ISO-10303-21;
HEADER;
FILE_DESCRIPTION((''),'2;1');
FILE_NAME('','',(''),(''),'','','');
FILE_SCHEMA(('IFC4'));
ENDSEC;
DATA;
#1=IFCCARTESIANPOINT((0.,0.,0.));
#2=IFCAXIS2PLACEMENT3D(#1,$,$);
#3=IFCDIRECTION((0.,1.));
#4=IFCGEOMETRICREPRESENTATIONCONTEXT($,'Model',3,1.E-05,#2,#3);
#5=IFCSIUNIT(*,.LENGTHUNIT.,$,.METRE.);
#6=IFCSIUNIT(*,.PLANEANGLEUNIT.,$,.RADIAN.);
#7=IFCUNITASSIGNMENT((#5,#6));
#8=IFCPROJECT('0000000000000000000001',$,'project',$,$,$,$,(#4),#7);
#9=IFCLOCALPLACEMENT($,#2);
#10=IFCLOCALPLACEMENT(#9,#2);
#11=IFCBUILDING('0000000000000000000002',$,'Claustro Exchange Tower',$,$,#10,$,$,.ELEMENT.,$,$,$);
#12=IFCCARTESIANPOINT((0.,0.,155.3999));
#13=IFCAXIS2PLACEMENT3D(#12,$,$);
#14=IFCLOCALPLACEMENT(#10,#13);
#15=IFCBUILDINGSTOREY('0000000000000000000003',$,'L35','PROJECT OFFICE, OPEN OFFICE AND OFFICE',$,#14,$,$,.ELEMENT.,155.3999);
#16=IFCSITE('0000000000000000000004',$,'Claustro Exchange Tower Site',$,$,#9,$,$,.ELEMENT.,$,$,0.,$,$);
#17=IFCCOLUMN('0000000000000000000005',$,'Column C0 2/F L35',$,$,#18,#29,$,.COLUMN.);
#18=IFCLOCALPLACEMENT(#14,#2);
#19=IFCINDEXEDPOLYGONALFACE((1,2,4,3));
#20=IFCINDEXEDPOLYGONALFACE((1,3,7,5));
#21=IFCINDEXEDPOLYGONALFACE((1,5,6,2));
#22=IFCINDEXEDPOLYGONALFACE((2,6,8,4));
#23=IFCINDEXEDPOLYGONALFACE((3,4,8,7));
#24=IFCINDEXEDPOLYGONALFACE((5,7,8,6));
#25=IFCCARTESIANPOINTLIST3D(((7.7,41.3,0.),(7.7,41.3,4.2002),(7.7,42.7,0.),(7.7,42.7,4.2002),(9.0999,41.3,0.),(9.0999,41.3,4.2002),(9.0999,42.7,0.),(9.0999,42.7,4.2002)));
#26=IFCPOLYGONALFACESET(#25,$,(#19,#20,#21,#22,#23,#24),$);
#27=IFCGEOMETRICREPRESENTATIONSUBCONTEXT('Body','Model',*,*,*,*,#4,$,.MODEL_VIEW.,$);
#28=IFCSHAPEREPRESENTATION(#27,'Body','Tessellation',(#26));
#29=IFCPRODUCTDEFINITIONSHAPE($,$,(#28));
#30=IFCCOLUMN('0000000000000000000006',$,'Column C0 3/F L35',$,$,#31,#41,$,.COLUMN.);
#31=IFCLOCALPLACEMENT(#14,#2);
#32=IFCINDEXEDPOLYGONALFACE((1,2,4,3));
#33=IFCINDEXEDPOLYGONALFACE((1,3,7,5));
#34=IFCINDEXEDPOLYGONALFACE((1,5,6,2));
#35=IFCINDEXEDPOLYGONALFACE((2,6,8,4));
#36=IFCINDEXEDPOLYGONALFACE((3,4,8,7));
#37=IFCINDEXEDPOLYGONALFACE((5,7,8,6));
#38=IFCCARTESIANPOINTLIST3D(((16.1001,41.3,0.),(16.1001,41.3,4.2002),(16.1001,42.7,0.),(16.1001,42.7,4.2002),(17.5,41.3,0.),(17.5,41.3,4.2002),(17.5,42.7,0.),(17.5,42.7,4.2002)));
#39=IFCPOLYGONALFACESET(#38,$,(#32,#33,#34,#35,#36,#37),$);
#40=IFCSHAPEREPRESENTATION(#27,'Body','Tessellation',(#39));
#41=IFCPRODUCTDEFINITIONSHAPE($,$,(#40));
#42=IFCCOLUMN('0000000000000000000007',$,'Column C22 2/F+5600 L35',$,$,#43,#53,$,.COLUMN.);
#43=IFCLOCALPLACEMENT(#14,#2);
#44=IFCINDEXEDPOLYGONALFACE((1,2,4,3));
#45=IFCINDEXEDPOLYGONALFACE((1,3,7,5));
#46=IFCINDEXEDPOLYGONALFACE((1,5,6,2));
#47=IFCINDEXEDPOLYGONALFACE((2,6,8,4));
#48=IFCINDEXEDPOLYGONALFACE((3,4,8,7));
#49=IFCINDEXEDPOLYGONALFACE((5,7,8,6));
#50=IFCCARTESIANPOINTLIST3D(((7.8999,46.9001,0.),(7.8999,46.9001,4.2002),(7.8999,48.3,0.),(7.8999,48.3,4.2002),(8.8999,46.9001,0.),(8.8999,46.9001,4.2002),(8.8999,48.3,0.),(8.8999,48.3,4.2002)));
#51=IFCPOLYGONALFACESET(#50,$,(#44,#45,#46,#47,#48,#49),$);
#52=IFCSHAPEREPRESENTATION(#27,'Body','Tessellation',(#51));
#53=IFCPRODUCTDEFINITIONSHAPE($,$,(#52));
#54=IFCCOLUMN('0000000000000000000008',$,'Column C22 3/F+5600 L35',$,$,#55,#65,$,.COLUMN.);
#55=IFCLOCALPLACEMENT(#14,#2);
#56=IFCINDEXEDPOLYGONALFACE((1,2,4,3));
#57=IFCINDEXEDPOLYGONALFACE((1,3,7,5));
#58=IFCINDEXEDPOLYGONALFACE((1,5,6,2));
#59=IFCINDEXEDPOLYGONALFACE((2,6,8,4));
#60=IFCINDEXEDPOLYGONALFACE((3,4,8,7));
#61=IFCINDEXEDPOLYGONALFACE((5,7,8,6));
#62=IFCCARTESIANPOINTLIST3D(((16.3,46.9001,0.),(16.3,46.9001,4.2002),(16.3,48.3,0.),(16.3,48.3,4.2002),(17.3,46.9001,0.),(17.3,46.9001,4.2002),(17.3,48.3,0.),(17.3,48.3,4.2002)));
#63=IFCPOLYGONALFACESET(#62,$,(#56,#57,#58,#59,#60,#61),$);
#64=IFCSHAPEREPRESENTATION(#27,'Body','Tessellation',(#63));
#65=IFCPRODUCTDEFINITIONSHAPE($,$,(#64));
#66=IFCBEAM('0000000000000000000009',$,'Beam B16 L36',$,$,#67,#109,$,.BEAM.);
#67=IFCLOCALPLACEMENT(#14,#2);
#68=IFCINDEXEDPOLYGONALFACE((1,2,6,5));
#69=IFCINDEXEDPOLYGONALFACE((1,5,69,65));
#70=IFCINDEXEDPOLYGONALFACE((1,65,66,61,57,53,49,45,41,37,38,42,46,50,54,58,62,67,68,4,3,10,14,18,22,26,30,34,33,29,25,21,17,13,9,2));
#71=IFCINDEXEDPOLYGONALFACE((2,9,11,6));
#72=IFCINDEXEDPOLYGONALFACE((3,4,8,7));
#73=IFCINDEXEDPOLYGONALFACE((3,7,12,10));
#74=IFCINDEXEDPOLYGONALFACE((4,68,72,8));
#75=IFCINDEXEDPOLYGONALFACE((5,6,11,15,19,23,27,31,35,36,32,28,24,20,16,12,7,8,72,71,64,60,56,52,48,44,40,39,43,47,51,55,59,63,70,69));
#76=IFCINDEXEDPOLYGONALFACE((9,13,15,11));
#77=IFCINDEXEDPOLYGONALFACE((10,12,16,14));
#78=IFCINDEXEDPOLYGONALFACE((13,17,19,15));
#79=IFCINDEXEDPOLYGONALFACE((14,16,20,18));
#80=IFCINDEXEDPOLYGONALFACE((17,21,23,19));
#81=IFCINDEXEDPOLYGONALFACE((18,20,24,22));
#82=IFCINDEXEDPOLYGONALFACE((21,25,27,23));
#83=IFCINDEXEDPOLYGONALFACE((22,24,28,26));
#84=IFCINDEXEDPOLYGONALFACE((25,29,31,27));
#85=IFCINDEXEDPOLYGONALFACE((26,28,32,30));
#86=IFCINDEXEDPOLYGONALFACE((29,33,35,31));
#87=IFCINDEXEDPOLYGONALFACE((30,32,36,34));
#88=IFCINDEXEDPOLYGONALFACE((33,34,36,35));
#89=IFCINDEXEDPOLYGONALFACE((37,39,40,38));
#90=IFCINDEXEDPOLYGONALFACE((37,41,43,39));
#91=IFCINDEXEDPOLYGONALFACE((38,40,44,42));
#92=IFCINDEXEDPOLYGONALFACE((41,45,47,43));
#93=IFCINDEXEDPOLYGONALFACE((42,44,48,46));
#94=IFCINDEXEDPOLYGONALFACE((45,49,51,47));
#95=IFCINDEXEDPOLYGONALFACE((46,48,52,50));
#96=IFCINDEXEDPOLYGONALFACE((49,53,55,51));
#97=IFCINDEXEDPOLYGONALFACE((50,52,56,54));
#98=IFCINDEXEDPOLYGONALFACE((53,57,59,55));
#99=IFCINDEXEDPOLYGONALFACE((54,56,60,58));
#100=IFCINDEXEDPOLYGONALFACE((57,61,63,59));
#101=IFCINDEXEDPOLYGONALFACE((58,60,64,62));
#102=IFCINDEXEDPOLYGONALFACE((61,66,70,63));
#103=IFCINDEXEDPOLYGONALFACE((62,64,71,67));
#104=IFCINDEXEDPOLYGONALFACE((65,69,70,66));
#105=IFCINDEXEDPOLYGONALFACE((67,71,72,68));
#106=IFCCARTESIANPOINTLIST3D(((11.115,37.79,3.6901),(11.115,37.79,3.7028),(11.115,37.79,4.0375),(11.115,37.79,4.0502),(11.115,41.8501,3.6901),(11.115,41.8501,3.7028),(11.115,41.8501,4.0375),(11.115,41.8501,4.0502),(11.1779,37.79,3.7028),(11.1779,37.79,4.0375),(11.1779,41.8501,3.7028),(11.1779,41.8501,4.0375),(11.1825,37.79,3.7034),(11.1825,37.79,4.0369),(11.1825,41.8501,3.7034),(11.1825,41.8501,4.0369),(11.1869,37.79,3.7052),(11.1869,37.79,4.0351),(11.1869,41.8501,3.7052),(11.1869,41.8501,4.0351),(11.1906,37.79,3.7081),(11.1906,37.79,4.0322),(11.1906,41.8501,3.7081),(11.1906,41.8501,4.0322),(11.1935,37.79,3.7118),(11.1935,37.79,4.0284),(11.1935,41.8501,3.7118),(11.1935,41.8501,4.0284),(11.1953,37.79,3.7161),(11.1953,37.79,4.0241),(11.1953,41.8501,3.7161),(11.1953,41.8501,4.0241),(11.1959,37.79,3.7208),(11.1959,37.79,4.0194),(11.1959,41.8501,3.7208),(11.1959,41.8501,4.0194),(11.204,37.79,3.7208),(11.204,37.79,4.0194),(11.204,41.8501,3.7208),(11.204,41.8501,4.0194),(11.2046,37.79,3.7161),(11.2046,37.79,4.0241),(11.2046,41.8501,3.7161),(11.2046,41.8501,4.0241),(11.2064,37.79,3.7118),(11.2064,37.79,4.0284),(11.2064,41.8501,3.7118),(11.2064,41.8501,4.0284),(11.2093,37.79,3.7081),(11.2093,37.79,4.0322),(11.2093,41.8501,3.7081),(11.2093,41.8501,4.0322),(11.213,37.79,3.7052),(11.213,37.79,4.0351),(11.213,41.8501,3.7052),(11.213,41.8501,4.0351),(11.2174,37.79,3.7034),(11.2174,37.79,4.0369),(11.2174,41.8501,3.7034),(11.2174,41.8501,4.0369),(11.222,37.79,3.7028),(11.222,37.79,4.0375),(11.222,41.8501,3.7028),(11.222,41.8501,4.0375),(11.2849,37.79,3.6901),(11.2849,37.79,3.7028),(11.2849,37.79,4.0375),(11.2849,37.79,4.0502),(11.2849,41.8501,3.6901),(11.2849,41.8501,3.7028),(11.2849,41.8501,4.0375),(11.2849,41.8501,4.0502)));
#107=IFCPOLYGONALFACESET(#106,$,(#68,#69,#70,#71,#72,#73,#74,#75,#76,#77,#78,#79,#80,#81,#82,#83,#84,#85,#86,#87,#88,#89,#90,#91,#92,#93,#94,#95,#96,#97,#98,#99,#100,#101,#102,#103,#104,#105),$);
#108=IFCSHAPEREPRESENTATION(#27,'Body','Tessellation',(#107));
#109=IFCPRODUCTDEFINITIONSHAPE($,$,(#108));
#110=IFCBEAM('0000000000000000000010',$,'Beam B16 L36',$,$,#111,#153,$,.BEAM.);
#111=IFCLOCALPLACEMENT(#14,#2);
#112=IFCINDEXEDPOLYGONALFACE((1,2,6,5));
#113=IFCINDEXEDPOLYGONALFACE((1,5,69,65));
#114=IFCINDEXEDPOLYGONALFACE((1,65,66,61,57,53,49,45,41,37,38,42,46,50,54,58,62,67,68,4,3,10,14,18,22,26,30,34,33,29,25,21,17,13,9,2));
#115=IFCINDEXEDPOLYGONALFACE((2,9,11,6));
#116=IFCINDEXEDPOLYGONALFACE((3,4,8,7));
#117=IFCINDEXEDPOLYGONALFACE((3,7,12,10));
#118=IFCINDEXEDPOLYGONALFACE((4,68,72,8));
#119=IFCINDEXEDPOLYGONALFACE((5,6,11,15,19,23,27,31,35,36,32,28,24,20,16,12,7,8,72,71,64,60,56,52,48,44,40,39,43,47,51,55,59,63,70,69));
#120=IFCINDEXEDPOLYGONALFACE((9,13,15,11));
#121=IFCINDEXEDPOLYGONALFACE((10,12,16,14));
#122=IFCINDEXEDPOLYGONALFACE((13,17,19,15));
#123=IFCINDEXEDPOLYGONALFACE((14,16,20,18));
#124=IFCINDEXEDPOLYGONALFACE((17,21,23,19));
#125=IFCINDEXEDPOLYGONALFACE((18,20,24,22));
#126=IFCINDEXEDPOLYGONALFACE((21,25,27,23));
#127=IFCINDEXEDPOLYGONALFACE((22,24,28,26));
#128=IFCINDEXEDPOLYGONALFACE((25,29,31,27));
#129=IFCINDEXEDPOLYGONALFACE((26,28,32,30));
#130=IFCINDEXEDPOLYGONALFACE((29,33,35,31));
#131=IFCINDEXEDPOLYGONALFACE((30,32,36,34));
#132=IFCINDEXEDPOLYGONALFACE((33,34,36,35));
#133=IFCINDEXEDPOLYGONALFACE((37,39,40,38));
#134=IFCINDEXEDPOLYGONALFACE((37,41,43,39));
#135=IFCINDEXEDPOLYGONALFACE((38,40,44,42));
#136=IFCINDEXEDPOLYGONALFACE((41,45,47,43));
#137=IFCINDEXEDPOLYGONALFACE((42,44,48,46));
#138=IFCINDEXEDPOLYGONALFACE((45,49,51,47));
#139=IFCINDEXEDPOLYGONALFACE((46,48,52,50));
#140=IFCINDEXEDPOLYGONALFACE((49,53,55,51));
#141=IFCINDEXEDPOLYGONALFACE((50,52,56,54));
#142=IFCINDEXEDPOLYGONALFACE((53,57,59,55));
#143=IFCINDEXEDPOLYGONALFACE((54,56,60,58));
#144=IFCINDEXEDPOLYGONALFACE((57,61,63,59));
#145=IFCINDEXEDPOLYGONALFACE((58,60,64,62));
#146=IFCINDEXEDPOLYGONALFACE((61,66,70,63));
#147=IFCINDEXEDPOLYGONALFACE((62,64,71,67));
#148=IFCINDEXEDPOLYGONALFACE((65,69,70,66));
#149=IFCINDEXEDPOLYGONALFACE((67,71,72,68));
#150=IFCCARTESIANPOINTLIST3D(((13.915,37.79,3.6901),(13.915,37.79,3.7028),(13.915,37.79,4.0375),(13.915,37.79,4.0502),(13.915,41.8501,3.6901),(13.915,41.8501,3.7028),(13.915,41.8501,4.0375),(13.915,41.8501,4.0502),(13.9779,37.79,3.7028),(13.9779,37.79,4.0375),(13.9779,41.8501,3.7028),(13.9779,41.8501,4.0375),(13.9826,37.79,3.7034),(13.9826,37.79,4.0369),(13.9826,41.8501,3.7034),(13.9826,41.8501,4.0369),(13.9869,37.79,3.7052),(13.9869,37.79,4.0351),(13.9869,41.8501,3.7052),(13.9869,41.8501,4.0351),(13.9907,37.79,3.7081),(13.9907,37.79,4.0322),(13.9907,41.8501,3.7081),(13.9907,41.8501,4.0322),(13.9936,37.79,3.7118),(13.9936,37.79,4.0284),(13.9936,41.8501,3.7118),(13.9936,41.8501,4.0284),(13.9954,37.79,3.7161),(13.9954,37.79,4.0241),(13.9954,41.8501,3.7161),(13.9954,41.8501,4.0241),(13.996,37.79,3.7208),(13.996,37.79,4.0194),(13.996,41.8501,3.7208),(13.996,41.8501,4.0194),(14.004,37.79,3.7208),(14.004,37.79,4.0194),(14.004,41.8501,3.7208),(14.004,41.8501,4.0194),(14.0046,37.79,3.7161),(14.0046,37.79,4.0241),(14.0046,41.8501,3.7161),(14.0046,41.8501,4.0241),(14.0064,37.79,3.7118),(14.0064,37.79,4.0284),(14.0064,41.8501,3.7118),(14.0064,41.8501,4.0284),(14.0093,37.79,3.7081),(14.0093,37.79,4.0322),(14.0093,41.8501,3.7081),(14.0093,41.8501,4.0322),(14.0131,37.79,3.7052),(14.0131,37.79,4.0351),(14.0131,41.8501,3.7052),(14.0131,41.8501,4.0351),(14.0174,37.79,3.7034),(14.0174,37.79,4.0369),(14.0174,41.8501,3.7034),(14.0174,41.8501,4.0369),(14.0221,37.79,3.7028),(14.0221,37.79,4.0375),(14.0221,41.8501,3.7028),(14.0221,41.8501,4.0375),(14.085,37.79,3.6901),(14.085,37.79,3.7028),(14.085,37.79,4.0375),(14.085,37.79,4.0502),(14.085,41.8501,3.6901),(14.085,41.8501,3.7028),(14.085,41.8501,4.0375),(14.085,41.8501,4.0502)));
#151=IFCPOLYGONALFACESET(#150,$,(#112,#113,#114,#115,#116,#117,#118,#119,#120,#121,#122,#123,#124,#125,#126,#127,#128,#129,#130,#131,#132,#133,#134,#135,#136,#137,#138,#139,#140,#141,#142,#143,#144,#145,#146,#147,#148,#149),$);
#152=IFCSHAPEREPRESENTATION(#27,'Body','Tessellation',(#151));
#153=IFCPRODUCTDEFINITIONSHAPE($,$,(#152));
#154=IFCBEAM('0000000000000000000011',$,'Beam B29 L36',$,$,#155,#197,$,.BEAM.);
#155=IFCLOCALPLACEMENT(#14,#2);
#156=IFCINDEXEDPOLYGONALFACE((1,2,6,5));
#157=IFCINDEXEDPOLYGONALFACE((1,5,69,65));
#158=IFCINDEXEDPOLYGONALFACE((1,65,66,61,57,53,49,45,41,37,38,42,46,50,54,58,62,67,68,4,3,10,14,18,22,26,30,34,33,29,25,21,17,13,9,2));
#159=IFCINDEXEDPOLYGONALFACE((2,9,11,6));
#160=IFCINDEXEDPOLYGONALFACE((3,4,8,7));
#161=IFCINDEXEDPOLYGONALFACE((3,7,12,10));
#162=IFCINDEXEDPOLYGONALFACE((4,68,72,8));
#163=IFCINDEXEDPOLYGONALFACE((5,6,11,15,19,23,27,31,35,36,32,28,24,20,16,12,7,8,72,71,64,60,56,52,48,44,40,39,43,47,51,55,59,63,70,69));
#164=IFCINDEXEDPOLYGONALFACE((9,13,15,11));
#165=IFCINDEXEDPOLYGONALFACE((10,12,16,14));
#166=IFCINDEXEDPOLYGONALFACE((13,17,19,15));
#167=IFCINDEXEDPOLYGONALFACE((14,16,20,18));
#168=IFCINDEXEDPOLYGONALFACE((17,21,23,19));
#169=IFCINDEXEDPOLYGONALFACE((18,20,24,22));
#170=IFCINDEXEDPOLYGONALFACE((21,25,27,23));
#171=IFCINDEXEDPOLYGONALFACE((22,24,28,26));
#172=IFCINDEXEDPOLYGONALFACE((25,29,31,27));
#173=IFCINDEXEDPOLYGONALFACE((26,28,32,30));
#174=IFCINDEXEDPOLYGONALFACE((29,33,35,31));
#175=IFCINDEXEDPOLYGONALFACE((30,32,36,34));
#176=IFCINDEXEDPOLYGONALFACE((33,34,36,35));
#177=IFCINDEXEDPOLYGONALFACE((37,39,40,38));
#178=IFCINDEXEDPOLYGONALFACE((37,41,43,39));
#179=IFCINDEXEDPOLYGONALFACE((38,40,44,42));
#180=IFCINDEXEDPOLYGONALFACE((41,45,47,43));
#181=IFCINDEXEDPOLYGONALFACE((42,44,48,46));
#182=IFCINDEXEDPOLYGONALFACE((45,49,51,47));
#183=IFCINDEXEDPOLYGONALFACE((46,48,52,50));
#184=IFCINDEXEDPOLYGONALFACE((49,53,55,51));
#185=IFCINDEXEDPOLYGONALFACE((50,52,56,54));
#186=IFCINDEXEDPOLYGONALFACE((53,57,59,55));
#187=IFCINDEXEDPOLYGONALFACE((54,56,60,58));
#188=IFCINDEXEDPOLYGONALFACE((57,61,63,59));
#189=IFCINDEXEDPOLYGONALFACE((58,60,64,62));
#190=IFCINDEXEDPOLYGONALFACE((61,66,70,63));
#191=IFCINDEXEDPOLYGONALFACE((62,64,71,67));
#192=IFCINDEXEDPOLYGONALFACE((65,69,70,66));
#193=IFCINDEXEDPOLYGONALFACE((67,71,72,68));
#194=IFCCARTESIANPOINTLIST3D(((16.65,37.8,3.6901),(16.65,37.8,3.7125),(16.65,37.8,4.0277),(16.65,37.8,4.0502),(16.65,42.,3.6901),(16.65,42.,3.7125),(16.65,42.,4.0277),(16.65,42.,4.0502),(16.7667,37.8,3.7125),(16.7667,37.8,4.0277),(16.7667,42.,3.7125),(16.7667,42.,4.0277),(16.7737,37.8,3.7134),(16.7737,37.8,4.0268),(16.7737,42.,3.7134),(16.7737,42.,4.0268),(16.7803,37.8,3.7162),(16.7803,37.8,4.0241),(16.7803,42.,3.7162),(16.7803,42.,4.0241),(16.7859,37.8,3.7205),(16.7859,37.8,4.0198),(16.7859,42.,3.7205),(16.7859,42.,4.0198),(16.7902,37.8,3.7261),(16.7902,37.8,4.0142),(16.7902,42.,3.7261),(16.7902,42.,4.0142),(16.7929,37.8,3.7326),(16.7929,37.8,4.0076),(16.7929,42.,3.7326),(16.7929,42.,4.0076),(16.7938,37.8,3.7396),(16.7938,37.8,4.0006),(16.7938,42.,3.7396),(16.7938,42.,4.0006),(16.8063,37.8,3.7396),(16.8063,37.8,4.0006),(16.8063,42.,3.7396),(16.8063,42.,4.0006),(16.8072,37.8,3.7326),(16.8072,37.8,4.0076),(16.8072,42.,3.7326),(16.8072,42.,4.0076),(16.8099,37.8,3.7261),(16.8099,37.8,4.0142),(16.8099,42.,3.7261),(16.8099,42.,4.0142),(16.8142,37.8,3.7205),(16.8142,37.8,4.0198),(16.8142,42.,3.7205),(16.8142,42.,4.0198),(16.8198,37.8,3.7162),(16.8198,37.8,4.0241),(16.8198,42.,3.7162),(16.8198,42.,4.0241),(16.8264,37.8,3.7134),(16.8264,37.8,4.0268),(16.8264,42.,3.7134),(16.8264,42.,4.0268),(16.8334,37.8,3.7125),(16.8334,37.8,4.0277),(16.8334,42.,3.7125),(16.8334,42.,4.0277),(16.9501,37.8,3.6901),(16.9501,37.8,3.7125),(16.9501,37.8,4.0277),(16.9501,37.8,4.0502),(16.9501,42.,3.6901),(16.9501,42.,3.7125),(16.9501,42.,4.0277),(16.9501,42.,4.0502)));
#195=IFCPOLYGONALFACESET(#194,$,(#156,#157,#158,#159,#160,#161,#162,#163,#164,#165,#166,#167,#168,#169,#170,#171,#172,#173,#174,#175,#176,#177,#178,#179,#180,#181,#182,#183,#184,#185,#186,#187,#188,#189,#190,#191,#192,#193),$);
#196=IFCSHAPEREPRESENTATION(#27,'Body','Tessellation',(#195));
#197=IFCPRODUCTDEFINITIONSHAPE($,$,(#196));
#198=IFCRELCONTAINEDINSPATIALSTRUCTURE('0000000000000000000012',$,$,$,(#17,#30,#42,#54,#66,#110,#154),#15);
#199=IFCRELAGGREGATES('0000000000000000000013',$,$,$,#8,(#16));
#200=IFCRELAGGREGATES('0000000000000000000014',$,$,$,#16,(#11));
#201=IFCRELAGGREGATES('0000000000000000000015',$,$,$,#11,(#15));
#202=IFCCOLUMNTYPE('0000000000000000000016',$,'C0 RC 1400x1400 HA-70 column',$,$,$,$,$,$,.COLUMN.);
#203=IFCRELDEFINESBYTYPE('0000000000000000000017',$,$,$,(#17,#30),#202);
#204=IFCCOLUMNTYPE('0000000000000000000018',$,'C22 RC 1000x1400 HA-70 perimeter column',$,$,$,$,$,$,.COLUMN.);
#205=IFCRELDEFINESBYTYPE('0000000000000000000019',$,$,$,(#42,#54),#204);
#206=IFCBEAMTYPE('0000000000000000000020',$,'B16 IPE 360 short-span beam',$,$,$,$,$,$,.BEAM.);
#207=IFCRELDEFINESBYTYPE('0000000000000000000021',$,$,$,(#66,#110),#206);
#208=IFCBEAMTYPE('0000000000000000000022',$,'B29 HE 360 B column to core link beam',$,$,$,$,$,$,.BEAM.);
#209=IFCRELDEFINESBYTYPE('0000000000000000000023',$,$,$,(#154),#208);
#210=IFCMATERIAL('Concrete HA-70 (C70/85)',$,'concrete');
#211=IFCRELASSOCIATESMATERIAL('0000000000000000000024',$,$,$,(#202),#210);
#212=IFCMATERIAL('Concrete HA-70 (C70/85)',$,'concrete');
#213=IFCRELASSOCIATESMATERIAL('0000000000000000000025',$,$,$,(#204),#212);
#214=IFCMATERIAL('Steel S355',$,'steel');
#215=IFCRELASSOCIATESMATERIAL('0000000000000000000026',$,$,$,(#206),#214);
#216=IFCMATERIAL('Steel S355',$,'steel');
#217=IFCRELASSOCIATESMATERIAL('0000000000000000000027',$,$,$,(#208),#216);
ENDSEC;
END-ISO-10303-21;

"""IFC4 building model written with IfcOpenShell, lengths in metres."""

from ifc_helpers import new_model, si_unit, direction, frame, origin, origin_2d, place, context, subcontext, project, spatial, rectangle, i_section, extrude, material, material_profile, profile_set, type_object, element, save


model = new_model("IFC4")

# Units and contexts
model_context = context("Model", 3, precision=1e-05, world=origin(), true_north=direction((0.0, 1.0)))
body_context = subcontext(model_context, "Body", "Model", "MODEL_VIEW")
ifc_project = project(units=[si_unit("LENGTHUNIT", "METRE"), si_unit("PLANEANGLEUNIT", "RADIAN")], contexts=[model_context])

# Site, building, storey
site_placement = place(None, origin())
site = spatial("IfcSite", under=ifc_project, at=site_placement, Name="Claustro Exchange Tower Site", CompositionType="ELEMENT", RefElevation=0.0)
building_placement = place(site_placement, origin())
building = spatial("IfcBuilding", under=site, at=building_placement, Name="Claustro Exchange Tower", CompositionType="ELEMENT")
storey_placement = place(building_placement, frame((0.0, 0.0, 155.3999)))
storey = spatial("IfcBuildingStorey", under=building, at=storey_placement, Name="L35", Description="PROJECT OFFICE, OPEN OFFICE AND OFFICE", CompositionType="ELEMENT", Elevation=155.3999)

# Columns
ifc_material_1 = material(Name="Concrete HA-70 (C70/85)", Category="concrete")
ifc_material_profile_1 = material_profile(ifc_material_1, rectangle(XDim=1.3999, YDim=1.3999, at=origin_2d()), Name="RC 1400x1400")
ifc_profile_set_1 = profile_set([ifc_material_profile_1], Name="Concrete HA-70 (C70/85)")
column_type_1 = type_object("IfcColumnType", Name="C0 RC 1400x1400 HA-70 column", PredefinedType="COLUMN", material=ifc_profile_set_1)
for number, where, z_axis, x_axis, name in (
    (1, (8.3999, 42.0, 0.0), (0.0, 0.0, 1.0), (1.0, 0.0, 0.0), "Column C0 2/F L35"),
    (2, (16.8, 42.0, 0.0), (0.0, 0.0, 1.0), (1.0, 0.0, 0.0), "Column C0 3/F L35"),
):
    element("IfcColumn", number, at=place(storey_placement, frame(where, z_axis=z_axis, x_axis=x_axis)), inside=storey, type_object=column_type_1, Name=name, PredefinedType="COLUMN", context=body_context, shape_type="SweptSolid", body=[
        extrude(rectangle(XDim=1.3999, YDim=1.3999, at=origin_2d()), origin(), (0.0, 0.0, 1.0), 4.2002),
    ])
ifc_material_2 = material(Name="Concrete HA-70 (C70/85)", Category="concrete")
ifc_material_profile_2 = material_profile(ifc_material_2, rectangle(XDim=1.0, YDim=1.3999, at=origin_2d()), Name="RC 1000x1400")
ifc_profile_set_2 = profile_set([ifc_material_profile_2], Name="Concrete HA-70 (C70/85)")
column_type_2 = type_object("IfcColumnType", Name="C22 RC 1000x1400 HA-70 perimeter column", PredefinedType="COLUMN", material=ifc_profile_set_2)
for number, where, z_axis, x_axis, name in (
    (3, (8.3999, 47.6001, 0.0), (0.0, 0.0, 1.0), (1.0, 0.0, 0.0), "Column C22 2/F+5600 L35"),
    (4, (16.8, 47.6001, 0.0), (0.0, 0.0, 1.0), (1.0, 0.0, 0.0), "Column C22 3/F+5600 L35"),
):
    element("IfcColumn", number, at=place(storey_placement, frame(where, z_axis=z_axis, x_axis=x_axis)), inside=storey, type_object=column_type_2, Name=name, PredefinedType="COLUMN", context=body_context, shape_type="SweptSolid", body=[
        extrude(rectangle(XDim=1.0, YDim=1.3999, at=origin_2d()), origin(), (0.0, 0.0, 1.0), 4.2002),
    ])

# Beams
ifc_material_3 = material(Name="Steel S355", Category="steel")
ifc_material_profile_3 = material_profile(ifc_material_3, i_section(OverallWidth=0.1699, OverallDepth=0.3601, WebThickness=0.0081, FlangeThickness=0.0127, FilletRadius=0.0181, at=origin_2d()), Name="IPE 360")
ifc_profile_set_3 = profile_set([ifc_material_profile_3], Name="Steel S355")
beam_type_1 = type_object("IfcBeamType", Name="B16 IPE 360 short-span beam", PredefinedType="BEAM", material=ifc_profile_set_3)
for number, where, z_axis, x_axis, name in (
    (5, (11.2, 37.79, 3.8701), (0.0, 1.0, 0.0), (-1.0, 0.0, 0.0), "Beam B16 L36"),
    (6, (14.0, 37.79, 3.8701), (0.0, 1.0, 0.0), (-1.0, 0.0, 0.0), "Beam B16 L36"),
):
    element("IfcBeam", number, at=place(storey_placement, frame(where, z_axis=z_axis, x_axis=x_axis)), inside=storey, type_object=beam_type_1, Name=name, PredefinedType="BEAM", context=body_context, shape_type="SweptSolid", body=[
        extrude(i_section(OverallWidth=0.1699, OverallDepth=0.3601, WebThickness=0.0081, FlangeThickness=0.0127, FilletRadius=0.0181, at=origin_2d()), origin(), (0.0, 0.0, 1.0), 4.0601),
    ])
ifc_material_4 = material(Name="Steel S355", Category="steel")
ifc_material_profile_4 = material_profile(ifc_material_4, i_section(OverallWidth=0.3, OverallDepth=0.3601, WebThickness=0.0125, FlangeThickness=0.0225, FilletRadius=0.0271, at=origin_2d()), Name="HE 360 B")
ifc_profile_set_4 = profile_set([ifc_material_profile_4], Name="Steel S355")
beam_type_2 = type_object("IfcBeamType", Name="B29 HE 360 B column to core link beam", PredefinedType="BEAM", material=ifc_profile_set_4)
beam_1_placement = place(storey_placement, frame((16.8, 37.8, 3.8701), z_axis=(0.0, 1.0, 0.0), x_axis=(-1.0, 0.0, 0.0)))
element("IfcBeam", 7, at=beam_1_placement, inside=storey, type_object=beam_type_2, Name="Beam B29 L36", PredefinedType="BEAM", context=body_context, shape_type="SweptSolid", body=[
    extrude(i_section(OverallWidth=0.3, OverallDepth=0.3601, WebThickness=0.0125, FlangeThickness=0.0225, FilletRadius=0.0271, at=origin_2d()), origin(), (0.0, 0.0, 1.0), 4.2),
])

save(model, "model.ifc")
